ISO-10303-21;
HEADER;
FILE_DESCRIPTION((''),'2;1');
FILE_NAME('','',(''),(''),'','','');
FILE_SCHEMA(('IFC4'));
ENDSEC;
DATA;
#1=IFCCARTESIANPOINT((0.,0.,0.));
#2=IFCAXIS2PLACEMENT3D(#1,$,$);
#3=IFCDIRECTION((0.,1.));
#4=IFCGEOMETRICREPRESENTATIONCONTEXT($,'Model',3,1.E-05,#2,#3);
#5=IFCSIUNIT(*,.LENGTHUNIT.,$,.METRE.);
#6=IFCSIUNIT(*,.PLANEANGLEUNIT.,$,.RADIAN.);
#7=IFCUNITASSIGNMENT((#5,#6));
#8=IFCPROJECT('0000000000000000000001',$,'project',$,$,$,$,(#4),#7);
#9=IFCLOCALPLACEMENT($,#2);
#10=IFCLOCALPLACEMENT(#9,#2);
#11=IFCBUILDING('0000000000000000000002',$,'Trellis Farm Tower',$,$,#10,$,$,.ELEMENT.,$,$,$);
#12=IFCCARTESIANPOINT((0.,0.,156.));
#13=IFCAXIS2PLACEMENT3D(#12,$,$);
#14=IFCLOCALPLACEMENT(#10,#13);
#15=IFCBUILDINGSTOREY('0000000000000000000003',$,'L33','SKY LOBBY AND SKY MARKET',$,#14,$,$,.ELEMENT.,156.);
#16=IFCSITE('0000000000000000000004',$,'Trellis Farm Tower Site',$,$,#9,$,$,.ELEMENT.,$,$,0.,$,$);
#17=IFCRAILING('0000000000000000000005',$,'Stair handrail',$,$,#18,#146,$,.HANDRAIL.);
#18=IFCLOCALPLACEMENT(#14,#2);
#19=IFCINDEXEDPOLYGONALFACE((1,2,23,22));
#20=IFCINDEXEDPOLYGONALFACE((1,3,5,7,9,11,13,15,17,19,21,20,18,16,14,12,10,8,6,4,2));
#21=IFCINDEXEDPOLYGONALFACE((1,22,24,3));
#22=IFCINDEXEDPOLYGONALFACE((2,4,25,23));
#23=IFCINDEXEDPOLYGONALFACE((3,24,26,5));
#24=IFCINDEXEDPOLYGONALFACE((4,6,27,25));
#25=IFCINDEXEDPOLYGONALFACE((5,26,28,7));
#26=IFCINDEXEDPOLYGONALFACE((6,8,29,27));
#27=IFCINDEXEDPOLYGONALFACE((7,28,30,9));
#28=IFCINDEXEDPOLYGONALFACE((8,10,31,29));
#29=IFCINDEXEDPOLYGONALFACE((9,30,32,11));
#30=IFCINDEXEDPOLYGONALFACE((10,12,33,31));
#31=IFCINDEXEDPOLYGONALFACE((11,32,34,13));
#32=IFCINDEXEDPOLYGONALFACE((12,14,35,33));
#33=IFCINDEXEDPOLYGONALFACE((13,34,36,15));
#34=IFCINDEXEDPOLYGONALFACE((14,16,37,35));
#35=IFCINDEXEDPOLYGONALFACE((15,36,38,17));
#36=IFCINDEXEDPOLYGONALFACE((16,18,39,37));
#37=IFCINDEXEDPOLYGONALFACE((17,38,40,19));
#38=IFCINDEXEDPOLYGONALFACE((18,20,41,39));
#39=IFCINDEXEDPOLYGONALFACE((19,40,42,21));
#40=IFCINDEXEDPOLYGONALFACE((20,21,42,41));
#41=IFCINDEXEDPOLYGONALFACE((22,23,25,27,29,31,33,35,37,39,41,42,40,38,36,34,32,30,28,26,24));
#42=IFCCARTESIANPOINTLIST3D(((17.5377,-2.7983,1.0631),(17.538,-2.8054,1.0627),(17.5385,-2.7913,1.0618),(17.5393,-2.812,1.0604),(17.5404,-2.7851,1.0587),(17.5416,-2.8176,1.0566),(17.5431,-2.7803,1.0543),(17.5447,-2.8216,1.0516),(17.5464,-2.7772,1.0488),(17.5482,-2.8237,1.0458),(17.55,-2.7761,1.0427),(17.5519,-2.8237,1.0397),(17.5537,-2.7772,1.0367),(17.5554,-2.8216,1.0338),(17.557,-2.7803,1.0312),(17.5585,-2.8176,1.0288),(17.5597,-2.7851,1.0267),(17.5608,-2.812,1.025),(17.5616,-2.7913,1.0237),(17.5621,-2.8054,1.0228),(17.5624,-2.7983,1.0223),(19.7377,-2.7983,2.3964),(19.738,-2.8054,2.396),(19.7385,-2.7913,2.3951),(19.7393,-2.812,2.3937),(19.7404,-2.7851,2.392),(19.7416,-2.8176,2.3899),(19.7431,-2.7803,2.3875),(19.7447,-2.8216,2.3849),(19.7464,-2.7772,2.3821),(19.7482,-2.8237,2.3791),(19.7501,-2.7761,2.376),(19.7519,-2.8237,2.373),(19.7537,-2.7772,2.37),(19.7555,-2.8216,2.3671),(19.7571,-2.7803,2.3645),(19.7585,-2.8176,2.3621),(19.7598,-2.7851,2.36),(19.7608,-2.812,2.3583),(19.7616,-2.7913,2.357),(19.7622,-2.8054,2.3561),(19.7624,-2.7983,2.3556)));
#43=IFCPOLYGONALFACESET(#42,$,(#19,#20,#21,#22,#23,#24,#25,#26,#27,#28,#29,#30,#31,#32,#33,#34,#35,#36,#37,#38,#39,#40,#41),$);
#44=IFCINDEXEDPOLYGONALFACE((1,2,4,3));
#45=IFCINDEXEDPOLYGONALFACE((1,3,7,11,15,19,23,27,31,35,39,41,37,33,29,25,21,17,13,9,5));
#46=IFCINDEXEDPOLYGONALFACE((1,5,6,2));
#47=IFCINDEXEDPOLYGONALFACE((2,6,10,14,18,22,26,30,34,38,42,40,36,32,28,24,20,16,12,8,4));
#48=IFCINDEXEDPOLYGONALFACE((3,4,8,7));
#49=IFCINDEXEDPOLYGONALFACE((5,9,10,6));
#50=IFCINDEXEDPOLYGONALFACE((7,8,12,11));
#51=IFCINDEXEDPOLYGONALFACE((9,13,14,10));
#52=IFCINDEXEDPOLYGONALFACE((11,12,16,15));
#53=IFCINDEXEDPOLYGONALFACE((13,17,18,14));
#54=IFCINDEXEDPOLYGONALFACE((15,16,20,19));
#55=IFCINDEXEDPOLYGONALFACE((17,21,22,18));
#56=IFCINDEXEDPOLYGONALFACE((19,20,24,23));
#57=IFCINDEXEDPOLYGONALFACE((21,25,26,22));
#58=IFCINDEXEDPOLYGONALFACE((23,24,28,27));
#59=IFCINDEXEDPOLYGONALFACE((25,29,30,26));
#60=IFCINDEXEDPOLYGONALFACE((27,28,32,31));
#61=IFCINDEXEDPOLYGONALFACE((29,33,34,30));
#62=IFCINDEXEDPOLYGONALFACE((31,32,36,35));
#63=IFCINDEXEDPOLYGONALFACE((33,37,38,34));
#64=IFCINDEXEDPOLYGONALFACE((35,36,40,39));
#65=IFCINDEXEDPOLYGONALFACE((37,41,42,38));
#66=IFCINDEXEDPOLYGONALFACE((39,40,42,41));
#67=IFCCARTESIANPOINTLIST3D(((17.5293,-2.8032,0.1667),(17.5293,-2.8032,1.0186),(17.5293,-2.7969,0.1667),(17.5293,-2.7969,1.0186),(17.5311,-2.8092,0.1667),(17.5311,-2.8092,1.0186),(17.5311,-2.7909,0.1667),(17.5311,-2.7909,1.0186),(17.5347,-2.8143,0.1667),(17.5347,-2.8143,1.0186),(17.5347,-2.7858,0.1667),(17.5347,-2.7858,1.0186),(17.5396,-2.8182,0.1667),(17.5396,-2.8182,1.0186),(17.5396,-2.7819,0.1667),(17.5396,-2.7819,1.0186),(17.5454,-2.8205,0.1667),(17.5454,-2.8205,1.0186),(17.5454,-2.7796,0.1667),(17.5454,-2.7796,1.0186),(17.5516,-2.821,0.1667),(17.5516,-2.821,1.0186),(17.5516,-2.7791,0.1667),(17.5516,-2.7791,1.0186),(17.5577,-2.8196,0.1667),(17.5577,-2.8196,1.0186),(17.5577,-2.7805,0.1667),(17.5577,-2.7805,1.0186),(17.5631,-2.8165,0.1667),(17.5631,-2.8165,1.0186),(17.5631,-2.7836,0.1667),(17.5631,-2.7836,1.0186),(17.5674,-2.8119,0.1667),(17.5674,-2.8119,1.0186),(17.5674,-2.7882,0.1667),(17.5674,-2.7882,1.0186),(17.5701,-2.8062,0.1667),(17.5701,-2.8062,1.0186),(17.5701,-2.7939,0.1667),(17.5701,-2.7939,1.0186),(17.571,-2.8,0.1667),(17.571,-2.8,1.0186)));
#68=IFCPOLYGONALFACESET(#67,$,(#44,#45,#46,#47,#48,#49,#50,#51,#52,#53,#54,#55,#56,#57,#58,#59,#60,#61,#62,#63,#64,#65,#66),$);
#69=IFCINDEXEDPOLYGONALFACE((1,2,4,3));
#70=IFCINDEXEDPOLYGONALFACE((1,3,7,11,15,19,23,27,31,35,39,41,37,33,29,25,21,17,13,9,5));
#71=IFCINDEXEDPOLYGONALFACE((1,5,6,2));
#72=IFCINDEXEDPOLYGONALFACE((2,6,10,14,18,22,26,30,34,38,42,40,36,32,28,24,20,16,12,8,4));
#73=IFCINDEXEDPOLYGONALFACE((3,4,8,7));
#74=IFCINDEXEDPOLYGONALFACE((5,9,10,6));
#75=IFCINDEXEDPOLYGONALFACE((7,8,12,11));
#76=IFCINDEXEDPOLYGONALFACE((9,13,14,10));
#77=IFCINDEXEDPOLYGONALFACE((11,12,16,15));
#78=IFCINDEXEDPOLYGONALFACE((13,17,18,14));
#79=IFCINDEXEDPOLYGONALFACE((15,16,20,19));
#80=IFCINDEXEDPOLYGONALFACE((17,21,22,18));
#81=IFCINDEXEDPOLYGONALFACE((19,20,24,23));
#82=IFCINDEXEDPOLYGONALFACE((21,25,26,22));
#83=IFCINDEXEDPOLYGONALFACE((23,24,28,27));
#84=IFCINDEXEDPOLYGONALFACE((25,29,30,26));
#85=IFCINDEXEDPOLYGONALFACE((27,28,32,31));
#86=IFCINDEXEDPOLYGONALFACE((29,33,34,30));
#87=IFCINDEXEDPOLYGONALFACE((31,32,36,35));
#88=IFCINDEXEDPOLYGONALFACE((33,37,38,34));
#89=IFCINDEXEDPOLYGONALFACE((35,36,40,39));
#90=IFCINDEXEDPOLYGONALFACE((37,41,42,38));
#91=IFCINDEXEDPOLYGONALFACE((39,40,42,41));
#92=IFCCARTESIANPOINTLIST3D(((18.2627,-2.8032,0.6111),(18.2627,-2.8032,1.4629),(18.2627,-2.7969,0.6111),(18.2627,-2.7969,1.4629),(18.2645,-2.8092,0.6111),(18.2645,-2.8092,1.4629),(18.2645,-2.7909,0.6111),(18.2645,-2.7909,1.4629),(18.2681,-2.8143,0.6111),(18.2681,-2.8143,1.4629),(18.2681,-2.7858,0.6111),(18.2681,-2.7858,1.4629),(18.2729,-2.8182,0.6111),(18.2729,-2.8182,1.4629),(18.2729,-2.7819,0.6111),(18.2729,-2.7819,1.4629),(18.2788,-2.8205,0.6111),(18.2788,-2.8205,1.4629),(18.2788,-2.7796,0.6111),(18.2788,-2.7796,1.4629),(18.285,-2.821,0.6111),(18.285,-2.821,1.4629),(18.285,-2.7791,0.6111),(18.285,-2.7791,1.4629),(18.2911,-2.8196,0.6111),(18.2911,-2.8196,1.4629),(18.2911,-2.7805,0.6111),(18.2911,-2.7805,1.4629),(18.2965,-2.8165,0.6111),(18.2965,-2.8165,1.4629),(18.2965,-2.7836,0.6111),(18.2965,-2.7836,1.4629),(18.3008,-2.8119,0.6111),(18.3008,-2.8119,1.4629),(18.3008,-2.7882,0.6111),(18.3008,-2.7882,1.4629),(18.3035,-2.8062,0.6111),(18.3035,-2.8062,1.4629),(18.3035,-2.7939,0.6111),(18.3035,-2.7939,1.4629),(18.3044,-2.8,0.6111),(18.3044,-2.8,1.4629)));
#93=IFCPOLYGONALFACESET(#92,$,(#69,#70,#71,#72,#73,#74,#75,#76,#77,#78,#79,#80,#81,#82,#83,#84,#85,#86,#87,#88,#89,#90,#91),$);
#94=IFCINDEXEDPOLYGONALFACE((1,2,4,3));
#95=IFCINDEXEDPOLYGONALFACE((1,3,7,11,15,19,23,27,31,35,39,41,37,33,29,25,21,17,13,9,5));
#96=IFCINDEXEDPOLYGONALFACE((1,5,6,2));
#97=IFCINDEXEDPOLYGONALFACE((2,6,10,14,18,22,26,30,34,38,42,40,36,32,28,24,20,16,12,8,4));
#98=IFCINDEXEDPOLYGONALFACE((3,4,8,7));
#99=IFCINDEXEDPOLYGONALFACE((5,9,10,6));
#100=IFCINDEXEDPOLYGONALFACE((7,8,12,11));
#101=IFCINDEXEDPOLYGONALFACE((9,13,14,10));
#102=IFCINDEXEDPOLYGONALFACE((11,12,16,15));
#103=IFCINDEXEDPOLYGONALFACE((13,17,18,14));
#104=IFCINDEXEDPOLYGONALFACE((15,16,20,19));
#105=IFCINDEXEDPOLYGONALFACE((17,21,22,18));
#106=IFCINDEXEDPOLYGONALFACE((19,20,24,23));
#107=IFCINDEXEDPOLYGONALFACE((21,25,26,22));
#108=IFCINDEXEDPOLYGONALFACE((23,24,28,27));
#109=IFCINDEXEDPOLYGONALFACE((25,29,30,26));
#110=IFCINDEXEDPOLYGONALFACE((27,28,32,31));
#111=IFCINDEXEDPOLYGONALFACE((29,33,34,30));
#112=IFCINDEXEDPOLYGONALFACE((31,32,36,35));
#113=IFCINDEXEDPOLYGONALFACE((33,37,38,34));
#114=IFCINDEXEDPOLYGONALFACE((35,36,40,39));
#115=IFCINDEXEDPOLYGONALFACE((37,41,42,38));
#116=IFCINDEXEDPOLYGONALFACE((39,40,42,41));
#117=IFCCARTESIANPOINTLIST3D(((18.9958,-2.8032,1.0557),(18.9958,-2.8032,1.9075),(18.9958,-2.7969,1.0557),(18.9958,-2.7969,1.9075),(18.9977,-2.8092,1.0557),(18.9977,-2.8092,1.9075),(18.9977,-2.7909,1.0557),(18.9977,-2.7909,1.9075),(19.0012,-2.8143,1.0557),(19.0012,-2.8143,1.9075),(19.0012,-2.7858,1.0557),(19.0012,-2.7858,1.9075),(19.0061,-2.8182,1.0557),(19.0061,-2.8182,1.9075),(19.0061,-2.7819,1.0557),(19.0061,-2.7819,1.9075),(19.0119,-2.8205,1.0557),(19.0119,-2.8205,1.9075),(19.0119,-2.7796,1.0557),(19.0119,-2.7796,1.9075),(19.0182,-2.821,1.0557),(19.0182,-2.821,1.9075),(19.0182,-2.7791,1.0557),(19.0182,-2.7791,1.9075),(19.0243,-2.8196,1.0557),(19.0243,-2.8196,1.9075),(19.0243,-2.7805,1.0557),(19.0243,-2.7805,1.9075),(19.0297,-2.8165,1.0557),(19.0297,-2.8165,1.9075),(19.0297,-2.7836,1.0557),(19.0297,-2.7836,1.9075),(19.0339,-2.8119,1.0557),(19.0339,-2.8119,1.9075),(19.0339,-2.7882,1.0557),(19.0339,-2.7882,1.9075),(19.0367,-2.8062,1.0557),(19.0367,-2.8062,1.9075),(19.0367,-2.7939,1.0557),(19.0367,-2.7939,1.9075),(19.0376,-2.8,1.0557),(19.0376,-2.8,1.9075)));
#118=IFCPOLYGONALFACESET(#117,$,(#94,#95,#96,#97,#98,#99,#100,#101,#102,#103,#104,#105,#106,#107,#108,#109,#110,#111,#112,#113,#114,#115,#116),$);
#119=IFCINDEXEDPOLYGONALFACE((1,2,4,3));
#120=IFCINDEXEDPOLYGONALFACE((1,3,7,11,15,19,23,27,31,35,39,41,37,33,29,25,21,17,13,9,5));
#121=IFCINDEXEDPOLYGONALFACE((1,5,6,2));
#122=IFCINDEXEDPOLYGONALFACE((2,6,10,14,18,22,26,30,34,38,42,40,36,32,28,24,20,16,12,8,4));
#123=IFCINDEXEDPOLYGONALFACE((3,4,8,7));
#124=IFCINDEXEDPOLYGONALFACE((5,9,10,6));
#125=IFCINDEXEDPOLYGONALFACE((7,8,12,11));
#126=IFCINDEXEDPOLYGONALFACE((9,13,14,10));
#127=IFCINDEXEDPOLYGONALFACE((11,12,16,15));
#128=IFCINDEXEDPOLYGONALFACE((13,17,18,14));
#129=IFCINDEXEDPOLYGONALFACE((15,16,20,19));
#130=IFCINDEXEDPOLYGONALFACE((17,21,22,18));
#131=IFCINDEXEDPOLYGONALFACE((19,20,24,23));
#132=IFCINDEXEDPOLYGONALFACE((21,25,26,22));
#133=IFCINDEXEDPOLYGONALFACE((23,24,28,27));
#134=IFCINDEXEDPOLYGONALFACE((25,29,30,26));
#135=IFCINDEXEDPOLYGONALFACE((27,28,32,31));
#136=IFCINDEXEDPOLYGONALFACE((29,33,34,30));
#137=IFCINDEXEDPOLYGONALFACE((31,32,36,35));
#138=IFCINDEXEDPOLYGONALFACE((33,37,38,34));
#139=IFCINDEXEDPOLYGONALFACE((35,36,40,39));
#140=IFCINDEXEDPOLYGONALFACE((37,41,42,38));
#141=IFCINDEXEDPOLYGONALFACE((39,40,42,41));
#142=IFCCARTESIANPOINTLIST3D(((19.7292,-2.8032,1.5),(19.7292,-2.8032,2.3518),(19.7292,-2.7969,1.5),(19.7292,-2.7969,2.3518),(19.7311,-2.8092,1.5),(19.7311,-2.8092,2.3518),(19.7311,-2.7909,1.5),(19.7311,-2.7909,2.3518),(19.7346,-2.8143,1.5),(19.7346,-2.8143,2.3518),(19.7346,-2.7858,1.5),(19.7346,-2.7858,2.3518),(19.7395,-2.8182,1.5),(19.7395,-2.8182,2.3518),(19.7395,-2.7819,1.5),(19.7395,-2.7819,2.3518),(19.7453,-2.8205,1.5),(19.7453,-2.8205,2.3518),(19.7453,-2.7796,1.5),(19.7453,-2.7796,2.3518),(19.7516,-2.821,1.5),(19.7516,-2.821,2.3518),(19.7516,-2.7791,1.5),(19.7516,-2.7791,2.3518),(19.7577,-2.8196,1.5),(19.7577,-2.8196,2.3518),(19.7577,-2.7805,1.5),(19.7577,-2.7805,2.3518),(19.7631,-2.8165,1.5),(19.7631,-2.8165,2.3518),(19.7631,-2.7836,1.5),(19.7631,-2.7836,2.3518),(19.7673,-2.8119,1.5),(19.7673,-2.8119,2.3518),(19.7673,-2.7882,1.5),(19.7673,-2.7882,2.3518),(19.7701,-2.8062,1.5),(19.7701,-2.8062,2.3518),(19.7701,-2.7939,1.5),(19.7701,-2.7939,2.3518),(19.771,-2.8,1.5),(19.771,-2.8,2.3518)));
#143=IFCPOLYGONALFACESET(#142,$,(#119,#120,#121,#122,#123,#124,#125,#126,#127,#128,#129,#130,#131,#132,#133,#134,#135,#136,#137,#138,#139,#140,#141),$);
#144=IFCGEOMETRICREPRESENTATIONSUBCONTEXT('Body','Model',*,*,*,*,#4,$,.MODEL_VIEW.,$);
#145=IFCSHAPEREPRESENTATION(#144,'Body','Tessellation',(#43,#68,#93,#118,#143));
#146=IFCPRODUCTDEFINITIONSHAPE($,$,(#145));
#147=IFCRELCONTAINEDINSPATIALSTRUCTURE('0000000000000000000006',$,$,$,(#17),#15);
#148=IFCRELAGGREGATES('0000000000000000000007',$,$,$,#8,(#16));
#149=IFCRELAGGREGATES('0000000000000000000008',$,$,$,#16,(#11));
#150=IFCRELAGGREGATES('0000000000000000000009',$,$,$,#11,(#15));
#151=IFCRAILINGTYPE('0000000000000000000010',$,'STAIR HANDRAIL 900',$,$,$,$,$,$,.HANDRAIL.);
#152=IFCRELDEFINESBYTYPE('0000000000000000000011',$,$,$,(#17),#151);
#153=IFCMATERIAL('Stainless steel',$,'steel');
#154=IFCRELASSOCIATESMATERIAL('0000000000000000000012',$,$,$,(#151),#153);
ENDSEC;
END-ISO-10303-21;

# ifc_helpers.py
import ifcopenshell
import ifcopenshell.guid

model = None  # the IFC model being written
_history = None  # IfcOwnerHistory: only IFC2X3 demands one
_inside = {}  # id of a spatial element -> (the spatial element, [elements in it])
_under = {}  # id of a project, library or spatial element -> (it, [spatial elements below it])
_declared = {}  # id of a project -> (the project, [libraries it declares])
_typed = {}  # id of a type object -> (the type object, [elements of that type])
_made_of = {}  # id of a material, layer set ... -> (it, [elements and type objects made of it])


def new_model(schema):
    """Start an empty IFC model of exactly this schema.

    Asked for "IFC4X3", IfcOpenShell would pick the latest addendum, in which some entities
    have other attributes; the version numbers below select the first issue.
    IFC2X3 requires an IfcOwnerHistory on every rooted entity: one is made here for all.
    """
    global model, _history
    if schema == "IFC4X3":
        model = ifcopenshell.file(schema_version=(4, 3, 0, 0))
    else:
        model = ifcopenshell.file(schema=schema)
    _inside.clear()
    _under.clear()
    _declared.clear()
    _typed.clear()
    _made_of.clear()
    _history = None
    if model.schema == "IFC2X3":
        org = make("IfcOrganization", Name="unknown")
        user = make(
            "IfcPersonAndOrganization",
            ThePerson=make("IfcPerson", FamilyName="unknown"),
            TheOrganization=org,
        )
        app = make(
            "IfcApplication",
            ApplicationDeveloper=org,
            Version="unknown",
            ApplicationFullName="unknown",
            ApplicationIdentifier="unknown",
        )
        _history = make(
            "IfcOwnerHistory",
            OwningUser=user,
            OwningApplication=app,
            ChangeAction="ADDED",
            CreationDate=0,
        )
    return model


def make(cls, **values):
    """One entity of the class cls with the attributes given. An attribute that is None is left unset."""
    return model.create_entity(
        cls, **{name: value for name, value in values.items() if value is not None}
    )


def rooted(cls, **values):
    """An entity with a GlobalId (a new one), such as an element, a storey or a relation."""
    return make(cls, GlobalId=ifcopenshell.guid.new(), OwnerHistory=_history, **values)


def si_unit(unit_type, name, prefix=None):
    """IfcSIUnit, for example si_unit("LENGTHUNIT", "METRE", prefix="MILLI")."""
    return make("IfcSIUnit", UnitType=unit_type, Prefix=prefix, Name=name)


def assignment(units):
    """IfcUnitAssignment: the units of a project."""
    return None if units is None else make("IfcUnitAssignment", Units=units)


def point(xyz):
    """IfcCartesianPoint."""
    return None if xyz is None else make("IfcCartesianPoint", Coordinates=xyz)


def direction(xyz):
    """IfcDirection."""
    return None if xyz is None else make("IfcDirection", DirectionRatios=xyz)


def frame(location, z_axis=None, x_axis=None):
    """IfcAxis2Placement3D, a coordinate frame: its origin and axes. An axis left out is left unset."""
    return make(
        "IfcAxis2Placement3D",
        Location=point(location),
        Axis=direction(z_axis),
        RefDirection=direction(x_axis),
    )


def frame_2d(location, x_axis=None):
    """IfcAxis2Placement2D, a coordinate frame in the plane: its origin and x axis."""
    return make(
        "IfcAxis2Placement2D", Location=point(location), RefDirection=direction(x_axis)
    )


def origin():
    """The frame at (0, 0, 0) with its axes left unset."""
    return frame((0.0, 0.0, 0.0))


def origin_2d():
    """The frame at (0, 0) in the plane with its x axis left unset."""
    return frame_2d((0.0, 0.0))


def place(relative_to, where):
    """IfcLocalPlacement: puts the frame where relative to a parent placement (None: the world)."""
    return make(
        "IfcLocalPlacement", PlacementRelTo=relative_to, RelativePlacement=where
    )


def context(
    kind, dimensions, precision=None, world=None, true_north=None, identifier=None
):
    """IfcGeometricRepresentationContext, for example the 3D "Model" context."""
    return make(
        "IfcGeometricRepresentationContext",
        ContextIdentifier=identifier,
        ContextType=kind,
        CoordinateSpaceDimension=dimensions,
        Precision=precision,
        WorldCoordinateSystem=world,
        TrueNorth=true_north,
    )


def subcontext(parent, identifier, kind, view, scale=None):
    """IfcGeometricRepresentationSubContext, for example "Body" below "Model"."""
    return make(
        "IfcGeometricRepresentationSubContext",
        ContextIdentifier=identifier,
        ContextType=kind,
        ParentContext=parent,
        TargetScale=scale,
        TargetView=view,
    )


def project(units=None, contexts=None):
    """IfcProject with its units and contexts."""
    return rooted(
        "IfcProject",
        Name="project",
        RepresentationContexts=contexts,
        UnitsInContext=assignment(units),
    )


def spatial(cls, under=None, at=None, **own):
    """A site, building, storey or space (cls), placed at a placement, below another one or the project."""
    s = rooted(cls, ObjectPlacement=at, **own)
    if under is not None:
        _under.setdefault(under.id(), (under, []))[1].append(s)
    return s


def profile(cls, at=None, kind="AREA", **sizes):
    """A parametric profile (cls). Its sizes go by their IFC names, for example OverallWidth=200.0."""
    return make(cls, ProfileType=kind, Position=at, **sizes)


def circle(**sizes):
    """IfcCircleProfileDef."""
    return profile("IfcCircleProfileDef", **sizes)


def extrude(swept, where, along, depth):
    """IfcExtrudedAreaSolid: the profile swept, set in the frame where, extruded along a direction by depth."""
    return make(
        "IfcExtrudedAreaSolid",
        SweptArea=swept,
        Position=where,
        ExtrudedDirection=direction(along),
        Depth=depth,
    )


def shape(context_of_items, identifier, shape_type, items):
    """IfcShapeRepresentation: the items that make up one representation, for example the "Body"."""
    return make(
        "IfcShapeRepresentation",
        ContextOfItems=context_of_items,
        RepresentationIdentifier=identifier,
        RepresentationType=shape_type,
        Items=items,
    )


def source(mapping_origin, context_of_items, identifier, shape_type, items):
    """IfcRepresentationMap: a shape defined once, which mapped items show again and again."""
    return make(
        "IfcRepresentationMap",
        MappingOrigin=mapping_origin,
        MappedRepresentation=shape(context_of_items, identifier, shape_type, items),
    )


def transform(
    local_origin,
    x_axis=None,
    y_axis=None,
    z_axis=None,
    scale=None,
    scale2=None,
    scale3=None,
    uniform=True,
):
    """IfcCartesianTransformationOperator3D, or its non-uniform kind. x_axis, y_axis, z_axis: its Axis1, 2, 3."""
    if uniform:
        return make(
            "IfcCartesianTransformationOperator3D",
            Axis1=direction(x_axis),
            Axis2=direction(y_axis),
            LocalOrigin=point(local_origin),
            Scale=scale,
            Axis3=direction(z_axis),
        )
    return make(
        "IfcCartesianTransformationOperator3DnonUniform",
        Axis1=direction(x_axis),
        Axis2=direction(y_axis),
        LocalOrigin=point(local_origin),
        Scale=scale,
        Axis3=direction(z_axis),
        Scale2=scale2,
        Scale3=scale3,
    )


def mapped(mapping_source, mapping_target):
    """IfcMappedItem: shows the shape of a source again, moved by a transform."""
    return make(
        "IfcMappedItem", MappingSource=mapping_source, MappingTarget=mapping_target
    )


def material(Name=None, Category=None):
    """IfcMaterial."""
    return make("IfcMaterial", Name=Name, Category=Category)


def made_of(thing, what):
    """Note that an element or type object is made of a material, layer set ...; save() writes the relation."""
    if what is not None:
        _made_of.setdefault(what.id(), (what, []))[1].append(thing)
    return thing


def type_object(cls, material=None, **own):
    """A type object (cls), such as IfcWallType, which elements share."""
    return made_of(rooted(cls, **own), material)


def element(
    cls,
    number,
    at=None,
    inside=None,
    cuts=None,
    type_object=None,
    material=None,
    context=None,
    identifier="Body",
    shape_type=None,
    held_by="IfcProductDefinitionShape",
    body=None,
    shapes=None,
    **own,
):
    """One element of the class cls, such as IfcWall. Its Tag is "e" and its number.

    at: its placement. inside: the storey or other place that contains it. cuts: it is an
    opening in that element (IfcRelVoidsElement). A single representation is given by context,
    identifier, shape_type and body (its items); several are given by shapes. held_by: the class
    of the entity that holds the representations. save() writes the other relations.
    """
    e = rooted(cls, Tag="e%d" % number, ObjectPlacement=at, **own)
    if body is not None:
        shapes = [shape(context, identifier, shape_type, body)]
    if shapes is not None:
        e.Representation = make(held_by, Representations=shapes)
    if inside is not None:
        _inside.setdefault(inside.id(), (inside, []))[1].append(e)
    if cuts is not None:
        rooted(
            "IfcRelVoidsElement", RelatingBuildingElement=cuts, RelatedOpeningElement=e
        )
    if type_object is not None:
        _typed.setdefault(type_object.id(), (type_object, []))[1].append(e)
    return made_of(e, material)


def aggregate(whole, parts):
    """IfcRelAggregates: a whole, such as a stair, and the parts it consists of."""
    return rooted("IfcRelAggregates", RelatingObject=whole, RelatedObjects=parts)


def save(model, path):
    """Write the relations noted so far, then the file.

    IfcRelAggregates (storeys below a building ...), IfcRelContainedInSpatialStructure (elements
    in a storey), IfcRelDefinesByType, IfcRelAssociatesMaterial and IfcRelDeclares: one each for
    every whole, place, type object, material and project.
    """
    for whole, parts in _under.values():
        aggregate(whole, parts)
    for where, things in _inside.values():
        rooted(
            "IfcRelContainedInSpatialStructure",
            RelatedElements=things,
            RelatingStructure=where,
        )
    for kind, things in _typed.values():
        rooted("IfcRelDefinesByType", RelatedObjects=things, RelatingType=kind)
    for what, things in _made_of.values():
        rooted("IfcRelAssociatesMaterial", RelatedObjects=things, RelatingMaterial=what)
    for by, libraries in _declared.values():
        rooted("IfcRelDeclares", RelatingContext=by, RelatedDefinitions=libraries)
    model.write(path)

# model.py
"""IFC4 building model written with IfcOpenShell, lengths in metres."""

from ifc_helpers import new_model, si_unit, direction, frame, origin, origin_2d, place, context, subcontext, project, spatial, circle, extrude, source, transform, mapped, material, type_object, element, save


model = new_model("IFC4")

# Units and contexts
model_context = context("Model", 3, precision=1e-05, world=origin(), true_north=direction((0.0, 1.0)))
body_context = subcontext(model_context, "Body", "Model", "MODEL_VIEW")
ifc_project = project(units=[si_unit("LENGTHUNIT", "METRE"), si_unit("PLANEANGLEUNIT", "RADIAN")], contexts=[model_context])

# Site, building, storey
site_placement = place(None, origin())
site = spatial("IfcSite", under=ifc_project, at=site_placement, Name="Trellis Farm Tower Site", CompositionType="ELEMENT", RefElevation=0.0)
building_placement = place(site_placement, origin())
building = spatial("IfcBuilding", under=site, at=building_placement, Name="Trellis Farm Tower", CompositionType="ELEMENT")
storey_placement = place(building_placement, frame((0.0, 0.0, 156.0)))
storey = spatial("IfcBuildingStorey", under=building, at=storey_placement, Name="L33", Description="SKY LOBBY AND SKY MARKET", CompositionType="ELEMENT", Elevation=156.0)

# Shared definitions
ifc_material_1 = material(Name="Stainless steel", Category="steel")

# Railing
railing_type = type_object("IfcRailingType", Name="STAIR HANDRAIL 900", PredefinedType="HANDRAIL", material=ifc_material_1)
shared_shape_1 = source(origin(), body_context, "Body", "SweptSolid", [
    extrude(circle(Radius=0.0239, at=origin_2d()), frame((0.0, 0.0, 0.876), z_axis=(0.855207, 0.0, 0.518287), x_axis=(0.0, 1.0, 0.0)), (0.0, 0.0, 1.0), 2.5725),
    extrude(circle(Radius=0.021, at=origin_2d()), origin(), (0.0, 0.0, 1.0), 0.8518),
    extrude(circle(Radius=0.021, at=origin_2d()), frame((0.7334, 0.0, 0.4443)), (0.0, 0.0, 1.0), 0.8518),
    extrude(circle(Radius=0.021, at=origin_2d()), frame((1.4666, 0.0, 0.8889)), (0.0, 0.0, 1.0), 0.8518),
    extrude(circle(Radius=0.021, at=origin_2d()), frame((2.2, 0.0, 1.3333)), (0.0, 0.0, 1.0), 0.8518),
])
for number, where, name in (
    (1, (17.55, -2.8, 0.1667), "Stair handrail"),
):
    element("IfcRailing", number, at=place(storey_placement, frame(where)), inside=storey, type_object=railing_type, Name=name, PredefinedType="HANDRAIL", context=body_context, shape_type="MappedRepresentation", body=[
        mapped(shared_shape_1, transform((0.0, 0.0, 0.0))),
    ])

save(model, "model.ifc")
